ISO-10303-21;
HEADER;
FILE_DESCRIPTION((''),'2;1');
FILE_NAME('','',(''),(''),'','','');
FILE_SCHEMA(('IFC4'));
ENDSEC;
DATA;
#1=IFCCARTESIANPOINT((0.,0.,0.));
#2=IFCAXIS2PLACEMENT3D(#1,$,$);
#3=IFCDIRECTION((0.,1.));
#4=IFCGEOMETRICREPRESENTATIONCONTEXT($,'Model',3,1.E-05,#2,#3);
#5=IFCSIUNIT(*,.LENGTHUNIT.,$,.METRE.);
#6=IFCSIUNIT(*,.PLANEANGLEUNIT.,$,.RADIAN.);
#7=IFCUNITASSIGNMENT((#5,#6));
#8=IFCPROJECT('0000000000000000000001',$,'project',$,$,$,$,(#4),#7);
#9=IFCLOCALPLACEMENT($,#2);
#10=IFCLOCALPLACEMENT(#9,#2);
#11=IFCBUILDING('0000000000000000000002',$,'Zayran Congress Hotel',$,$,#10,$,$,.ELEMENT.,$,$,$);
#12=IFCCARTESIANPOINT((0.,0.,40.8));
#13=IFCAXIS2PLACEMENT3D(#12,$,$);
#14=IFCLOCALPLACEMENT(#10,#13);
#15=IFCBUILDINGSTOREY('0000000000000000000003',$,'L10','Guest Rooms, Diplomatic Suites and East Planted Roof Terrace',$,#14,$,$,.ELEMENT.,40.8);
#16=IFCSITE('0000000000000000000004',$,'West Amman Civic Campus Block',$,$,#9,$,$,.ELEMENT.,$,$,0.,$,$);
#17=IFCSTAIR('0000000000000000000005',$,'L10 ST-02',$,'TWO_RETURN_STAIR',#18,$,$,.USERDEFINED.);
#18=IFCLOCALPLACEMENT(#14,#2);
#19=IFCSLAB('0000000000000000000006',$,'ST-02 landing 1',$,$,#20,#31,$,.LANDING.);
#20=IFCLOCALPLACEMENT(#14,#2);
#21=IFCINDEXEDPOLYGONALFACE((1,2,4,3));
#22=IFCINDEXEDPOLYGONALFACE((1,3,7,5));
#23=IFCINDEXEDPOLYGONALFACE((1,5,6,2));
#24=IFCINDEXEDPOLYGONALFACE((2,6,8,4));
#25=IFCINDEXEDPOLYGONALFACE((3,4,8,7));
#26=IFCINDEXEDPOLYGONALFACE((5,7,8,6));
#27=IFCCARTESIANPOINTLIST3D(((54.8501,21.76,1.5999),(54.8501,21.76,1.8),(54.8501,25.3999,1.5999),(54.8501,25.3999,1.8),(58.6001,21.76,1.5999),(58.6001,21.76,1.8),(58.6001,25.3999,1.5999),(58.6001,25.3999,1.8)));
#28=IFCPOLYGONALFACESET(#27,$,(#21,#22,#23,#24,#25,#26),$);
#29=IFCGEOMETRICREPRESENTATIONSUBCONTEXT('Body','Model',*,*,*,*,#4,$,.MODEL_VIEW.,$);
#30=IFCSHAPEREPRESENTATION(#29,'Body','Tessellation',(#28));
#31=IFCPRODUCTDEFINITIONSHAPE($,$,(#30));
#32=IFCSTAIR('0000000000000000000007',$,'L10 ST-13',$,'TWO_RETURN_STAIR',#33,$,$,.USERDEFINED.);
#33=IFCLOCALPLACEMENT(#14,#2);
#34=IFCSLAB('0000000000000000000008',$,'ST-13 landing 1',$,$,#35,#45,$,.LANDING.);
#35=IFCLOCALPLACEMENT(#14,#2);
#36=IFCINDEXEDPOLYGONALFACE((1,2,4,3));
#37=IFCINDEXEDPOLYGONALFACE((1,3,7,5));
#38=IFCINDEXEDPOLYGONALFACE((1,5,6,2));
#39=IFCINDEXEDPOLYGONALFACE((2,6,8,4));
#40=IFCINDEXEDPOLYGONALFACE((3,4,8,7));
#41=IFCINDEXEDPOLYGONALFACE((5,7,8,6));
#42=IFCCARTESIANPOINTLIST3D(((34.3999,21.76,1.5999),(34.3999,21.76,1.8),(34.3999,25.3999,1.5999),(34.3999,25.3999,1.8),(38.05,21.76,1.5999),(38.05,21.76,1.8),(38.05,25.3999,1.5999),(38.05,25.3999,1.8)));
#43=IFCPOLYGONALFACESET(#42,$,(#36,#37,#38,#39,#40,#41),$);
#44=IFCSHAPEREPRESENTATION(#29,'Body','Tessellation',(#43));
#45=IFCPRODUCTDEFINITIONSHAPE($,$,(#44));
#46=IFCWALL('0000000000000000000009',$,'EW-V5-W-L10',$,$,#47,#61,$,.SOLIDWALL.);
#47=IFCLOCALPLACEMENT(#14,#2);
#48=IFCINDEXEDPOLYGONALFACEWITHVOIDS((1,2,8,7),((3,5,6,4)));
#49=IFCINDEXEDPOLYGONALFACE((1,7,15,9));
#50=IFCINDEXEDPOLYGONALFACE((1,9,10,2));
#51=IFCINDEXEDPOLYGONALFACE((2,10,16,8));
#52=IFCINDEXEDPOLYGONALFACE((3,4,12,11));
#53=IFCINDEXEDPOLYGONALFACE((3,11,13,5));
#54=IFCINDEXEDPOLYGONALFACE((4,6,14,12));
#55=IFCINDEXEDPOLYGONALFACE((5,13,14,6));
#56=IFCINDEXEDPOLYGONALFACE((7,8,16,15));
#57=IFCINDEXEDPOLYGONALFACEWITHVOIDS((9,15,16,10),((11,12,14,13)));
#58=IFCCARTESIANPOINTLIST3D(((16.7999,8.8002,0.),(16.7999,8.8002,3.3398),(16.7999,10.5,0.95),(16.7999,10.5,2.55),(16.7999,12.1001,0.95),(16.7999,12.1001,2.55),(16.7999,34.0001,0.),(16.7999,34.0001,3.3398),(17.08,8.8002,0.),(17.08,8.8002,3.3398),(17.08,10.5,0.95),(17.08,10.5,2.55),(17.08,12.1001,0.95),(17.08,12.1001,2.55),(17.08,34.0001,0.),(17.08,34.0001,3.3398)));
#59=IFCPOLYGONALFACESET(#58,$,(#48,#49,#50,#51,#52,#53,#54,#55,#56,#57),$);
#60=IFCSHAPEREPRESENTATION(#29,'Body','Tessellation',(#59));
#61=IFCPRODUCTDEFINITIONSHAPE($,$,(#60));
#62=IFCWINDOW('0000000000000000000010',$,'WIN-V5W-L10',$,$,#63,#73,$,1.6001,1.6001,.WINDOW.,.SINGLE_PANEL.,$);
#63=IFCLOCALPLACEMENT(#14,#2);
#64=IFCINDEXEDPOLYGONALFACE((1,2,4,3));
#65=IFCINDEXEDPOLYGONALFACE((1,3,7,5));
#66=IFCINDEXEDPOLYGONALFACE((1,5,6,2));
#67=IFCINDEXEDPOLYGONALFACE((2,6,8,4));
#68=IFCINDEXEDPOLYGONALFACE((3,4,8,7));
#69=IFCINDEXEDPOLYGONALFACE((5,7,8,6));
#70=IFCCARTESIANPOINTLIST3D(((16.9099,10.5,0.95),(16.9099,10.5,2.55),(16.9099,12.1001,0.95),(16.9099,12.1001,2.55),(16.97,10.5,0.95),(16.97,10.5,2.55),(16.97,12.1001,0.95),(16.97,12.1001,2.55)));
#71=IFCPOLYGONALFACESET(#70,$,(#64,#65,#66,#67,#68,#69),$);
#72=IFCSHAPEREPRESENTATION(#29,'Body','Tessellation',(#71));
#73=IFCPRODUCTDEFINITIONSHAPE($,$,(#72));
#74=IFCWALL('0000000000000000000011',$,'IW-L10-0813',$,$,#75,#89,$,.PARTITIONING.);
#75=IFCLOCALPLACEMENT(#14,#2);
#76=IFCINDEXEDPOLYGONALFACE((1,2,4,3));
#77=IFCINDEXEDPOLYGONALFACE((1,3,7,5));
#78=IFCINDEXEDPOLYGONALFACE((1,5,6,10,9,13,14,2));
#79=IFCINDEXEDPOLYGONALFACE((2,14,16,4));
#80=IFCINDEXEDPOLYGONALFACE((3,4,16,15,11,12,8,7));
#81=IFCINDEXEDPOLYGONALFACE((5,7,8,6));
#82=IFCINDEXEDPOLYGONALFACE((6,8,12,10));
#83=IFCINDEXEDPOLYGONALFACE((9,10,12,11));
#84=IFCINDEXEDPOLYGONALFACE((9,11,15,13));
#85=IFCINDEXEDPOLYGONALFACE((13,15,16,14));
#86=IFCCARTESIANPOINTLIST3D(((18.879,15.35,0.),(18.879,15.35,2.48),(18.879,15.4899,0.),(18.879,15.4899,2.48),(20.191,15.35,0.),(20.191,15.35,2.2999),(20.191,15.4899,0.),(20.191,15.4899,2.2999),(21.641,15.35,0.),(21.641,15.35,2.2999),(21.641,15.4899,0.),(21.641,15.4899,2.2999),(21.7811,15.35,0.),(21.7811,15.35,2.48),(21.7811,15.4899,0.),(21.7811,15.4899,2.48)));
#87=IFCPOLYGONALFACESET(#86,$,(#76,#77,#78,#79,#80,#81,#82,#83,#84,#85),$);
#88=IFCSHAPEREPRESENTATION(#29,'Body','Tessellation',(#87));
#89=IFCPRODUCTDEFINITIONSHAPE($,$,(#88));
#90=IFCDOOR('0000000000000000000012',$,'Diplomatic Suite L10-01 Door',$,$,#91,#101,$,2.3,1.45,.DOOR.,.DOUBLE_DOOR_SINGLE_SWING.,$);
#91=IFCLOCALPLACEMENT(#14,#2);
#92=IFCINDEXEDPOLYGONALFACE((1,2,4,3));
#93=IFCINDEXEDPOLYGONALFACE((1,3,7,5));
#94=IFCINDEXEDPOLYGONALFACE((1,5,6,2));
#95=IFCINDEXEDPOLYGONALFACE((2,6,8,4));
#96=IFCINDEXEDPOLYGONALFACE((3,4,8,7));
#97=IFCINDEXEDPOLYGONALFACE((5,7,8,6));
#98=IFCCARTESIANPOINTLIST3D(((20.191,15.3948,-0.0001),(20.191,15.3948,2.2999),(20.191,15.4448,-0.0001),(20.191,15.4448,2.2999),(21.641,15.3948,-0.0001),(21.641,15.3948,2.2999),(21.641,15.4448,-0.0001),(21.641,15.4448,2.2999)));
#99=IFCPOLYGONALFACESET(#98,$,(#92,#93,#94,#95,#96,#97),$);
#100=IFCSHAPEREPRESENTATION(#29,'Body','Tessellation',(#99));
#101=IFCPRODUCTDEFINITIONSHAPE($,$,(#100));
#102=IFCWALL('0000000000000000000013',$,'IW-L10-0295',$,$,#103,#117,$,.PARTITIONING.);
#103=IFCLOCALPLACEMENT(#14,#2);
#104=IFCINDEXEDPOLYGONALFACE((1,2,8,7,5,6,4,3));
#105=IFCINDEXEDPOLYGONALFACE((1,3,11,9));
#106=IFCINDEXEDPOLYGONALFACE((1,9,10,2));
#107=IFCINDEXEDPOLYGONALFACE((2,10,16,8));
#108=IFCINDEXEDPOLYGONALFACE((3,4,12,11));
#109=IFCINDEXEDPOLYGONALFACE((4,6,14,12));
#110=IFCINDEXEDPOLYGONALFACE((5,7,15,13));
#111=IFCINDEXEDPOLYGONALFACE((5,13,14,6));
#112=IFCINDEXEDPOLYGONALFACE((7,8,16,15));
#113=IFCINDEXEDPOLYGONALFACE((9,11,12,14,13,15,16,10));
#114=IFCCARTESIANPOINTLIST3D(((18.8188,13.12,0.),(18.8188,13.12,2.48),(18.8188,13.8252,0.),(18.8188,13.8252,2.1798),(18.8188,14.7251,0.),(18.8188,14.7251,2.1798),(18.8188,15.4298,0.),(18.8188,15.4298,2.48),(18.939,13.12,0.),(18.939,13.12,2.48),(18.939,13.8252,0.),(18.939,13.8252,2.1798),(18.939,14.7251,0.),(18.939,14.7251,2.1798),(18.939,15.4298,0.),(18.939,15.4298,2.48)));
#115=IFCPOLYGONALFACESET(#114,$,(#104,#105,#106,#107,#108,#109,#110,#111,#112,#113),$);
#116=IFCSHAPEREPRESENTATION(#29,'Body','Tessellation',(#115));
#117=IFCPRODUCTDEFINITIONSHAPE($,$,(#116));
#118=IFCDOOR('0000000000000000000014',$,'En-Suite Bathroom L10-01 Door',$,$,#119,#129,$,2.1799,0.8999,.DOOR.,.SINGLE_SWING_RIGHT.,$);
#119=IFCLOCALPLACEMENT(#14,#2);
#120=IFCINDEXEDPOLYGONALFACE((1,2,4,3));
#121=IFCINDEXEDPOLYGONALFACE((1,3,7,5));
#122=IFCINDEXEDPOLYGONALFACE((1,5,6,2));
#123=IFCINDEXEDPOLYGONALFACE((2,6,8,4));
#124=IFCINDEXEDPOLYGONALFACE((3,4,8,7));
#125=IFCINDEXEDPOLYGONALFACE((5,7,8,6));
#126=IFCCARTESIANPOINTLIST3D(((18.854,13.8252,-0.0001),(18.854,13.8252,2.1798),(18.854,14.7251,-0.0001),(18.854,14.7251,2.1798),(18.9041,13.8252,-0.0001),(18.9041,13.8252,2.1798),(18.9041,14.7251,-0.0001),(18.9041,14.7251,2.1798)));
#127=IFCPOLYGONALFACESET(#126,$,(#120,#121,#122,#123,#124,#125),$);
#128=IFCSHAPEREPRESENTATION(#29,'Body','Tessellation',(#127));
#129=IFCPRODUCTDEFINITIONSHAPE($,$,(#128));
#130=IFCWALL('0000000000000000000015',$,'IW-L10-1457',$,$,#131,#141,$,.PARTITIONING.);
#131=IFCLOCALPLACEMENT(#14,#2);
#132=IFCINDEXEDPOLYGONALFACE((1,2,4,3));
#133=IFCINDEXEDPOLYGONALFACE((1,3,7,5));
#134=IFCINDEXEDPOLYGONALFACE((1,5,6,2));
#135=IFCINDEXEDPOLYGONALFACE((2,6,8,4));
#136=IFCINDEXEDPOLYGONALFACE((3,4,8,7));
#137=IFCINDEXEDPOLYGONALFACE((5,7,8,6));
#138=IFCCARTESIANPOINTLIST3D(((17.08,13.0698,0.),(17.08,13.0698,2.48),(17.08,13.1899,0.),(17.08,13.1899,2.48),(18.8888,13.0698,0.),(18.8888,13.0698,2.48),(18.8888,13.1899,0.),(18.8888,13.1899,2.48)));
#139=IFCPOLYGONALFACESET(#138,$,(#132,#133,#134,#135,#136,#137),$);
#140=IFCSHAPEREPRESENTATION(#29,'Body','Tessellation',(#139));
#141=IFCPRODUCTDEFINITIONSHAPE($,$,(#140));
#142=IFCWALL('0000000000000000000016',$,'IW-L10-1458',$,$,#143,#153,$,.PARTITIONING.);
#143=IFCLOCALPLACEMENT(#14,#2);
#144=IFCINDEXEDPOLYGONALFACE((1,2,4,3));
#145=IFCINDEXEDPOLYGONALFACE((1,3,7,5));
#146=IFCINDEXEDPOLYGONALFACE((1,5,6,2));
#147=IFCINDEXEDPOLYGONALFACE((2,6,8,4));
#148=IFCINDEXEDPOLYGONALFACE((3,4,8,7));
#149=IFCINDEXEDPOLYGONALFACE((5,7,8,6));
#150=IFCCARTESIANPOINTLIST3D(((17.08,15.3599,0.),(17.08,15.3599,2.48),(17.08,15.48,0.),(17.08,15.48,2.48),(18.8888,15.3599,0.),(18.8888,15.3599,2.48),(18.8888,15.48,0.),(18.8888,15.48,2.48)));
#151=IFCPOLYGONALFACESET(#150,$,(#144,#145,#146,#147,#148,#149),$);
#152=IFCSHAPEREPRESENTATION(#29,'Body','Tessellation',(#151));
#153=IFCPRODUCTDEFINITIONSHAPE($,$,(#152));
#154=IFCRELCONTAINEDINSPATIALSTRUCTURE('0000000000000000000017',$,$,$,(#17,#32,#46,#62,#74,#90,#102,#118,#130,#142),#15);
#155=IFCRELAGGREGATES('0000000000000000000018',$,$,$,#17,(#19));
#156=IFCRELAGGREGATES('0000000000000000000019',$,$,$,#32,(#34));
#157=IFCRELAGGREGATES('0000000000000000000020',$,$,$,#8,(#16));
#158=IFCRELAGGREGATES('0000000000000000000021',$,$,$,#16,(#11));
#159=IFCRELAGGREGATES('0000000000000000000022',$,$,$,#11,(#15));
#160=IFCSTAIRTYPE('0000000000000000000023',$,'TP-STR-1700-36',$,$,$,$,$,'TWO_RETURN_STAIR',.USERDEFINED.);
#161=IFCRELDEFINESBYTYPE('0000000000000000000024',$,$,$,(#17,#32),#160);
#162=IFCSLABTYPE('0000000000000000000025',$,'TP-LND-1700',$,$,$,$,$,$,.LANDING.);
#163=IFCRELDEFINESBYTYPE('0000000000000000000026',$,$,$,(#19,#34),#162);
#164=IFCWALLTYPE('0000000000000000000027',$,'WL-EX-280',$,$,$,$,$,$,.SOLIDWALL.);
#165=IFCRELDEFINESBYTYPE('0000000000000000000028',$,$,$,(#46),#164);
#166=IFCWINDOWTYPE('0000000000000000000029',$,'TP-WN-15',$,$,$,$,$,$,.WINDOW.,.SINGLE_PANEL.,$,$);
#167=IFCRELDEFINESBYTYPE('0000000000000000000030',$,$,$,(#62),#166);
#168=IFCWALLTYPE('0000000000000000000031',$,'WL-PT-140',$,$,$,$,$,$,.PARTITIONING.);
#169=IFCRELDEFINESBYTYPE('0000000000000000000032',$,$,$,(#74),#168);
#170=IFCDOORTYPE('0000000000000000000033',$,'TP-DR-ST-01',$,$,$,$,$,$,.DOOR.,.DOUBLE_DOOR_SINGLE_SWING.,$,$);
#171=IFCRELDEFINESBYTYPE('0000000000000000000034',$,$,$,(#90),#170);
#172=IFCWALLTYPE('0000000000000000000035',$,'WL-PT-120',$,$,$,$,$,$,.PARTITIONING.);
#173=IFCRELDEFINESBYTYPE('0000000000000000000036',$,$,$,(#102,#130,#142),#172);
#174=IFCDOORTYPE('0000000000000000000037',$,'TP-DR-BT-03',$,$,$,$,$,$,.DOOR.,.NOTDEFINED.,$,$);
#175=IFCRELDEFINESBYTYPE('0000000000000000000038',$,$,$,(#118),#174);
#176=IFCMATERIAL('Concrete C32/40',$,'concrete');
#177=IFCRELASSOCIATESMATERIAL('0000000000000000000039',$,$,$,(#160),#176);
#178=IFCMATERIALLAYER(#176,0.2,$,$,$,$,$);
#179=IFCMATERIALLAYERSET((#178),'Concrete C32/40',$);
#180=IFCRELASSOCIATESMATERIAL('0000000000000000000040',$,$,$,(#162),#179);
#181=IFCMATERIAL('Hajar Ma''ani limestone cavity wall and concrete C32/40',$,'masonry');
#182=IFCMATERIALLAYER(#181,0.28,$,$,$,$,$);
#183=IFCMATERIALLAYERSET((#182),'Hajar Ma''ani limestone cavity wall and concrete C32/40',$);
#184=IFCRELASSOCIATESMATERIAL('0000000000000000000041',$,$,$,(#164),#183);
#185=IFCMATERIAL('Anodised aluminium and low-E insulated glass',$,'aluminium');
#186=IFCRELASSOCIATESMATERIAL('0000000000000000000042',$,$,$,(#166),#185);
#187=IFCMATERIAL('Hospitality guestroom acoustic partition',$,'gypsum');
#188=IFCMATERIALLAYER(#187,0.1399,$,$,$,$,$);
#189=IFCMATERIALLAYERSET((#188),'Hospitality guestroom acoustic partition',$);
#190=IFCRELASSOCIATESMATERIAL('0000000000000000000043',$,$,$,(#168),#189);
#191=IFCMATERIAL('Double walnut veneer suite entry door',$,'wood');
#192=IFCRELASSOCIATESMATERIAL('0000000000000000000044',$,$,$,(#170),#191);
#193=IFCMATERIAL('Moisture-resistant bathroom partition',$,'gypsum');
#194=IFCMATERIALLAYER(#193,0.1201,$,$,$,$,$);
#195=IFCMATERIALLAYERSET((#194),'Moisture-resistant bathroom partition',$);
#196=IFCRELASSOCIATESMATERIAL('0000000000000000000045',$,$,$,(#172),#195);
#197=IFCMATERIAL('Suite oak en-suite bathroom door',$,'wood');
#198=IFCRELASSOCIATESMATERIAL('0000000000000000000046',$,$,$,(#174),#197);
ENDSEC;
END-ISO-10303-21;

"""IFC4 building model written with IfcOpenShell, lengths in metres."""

from ifc_helpers import new_model, si_unit, direction, frame, frame_2d, origin, place, context, subcontext, project, spatial, polyline, rectangle, outline, extrude, material, layer, layer_set, type_object, element, fill, aggregate, save


model = new_model("IFC4")

# Units and contexts
model_context = context("Model", 3, precision=1e-05, world=origin(), true_north=direction((0.0, 1.0)))
body_context = subcontext(model_context, "Body", "Model", "MODEL_VIEW")
ifc_project = project(units=[si_unit("LENGTHUNIT", "METRE"), si_unit("PLANEANGLEUNIT", "RADIAN")], contexts=[model_context])

# Site, building, storey
site_placement = place(None, origin())
site = spatial("IfcSite", under=ifc_project, at=site_placement, Name="West Amman Civic Campus Block", CompositionType="ELEMENT", RefElevation=0.0)
building_placement = place(site_placement, origin())
building = spatial("IfcBuilding", under=site, at=building_placement, Name="Zayran Congress Hotel", CompositionType="ELEMENT")
storey_placement = place(building_placement, frame((0.0, 0.0, 40.8)))
storey = spatial("IfcBuildingStorey", under=building, at=storey_placement, Name="L10", Description="Guest Rooms, Diplomatic Suites and East Planted Roof Terrace", CompositionType="ELEMENT", Elevation=40.8)

# Shared definitions
ifc_material_1 = material(Name="Concrete C32/40", Category="concrete")

# Stairs, slabs
stair_type = type_object("IfcStairType", Name="TP-STR-1700-36", ElementType="TWO_RETURN_STAIR", PredefinedType="USERDEFINED", material=ifc_material_1)
ifc_layer_1 = layer(ifc_material_1, 0.2)
ifc_layer_set_1 = layer_set([ifc_layer_1], Name="Concrete C32/40")
slab_type_1 = type_object("IfcSlabType", Name="TP-LND-1700", PredefinedType="LANDING", material=ifc_layer_set_1)
stair_1_placement = place(storey_placement, origin())
stair_1 = element("IfcStair", 1, at=stair_1_placement, inside=storey, type_object=stair_type, Name="L10 ST-02", ObjectType="TWO_RETURN_STAIR", PredefinedType="USERDEFINED")
slab_1_placement = place(storey_placement, frame((0.0, 0.0, 1.5999)))
slab_1 = element("IfcSlab", 2, at=slab_1_placement, type_object=slab_type_1, Name="ST-02 landing 1", PredefinedType="LANDING", context=body_context, shape_type="SweptSolid", body=[
    extrude(outline(polyline([(54.8501, 21.76), (58.6001, 21.76), (58.6001, 25.3999), (54.8501, 25.3999), (54.8501, 21.76)])), origin(), (0.0, 0.0, 1.0), 0.2002),
])
aggregate(stair_1, [slab_1])
stair_2_placement = place(storey_placement, origin())
stair_2 = element("IfcStair", 3, at=stair_2_placement, inside=storey, type_object=stair_type, Name="L10 ST-13", ObjectType="TWO_RETURN_STAIR", PredefinedType="USERDEFINED")
slab_2_placement = place(storey_placement, frame((0.0, 0.0, 1.5999)))
slab_2 = element("IfcSlab", 4, at=slab_2_placement, type_object=slab_type_1, Name="ST-13 landing 1", PredefinedType="LANDING", context=body_context, shape_type="SweptSolid", body=[
    extrude(outline(polyline([(38.05, 25.3999), (34.3999, 25.3999), (34.3999, 21.76), (38.05, 21.76), (38.05, 25.3999)])), origin(), (0.0, 0.0, 1.0), 0.2002),
])
aggregate(stair_2, [slab_2])

# Wall, opening, window
ifc_material_2 = material(Name="Hajar Ma'ani limestone cavity wall and concrete C32/40", Category="masonry")
ifc_layer_2 = layer(ifc_material_2, 0.28)
ifc_layer_set_2 = layer_set([ifc_layer_2], Name="Hajar Ma'ani limestone cavity wall and concrete C32/40")
wall_type_1 = type_object("IfcWallType", Name="WL-EX-280", PredefinedType="SOLIDWALL", material=ifc_layer_set_2)
wall_1_placement = place(storey_placement, frame((16.9399, 8.8, 0.0), z_axis=(0.0, 0.0, 1.0), x_axis=(0.0, 1.0, 0.0)))
wall_1 = element("IfcWall", 5, at=wall_1_placement, inside=storey, type_object=wall_type_1, Name="EW-V5-W-L10", PredefinedType="SOLIDWALL", context=body_context, shape_type="SweptSolid", body=[
    extrude(rectangle(XDim=25.2, YDim=0.28, at=frame_2d((12.6001, 0.0))), origin(), (0.0, 0.0, 1.0), 3.3398),
])
opening_1_placement = place(wall_1_placement, frame((1.7, 0.0, 0.95)))
opening_1 = element("IfcOpeningElement", 6, at=opening_1_placement, cuts=wall_1, PredefinedType="OPENING", context=body_context, shape_type="SweptSolid", body=[
    extrude(rectangle(XDim=1.6001, YDim=1.6001, at=frame_2d((0.8, 0.8))), frame((0.0, 0.1499, 0.0), z_axis=(0.0, -1.0, 0.0), x_axis=(1.0, 0.0, 0.0)), (0.0, 0.0, 1.0), 0.3),
])
ifc_material_3 = material(Name="Anodised aluminium and low-E insulated glass", Category="aluminium")
window_type = type_object("IfcWindowType", Name="TP-WN-15", PartitioningType="SINGLE_PANEL", PredefinedType="WINDOW", material=ifc_material_3)
window_placement = place(opening_1_placement, origin())
window = element("IfcWindow", 7, at=window_placement, inside=storey, type_object=window_type, Name="WIN-V5W-L10", OverallHeight=1.6001, OverallWidth=1.6001, PartitioningType="SINGLE_PANEL", PredefinedType="WINDOW", context=body_context, shape_type="SweptSolid", body=[
    extrude(rectangle(XDim=1.6001, YDim=1.6001, at=frame_2d((0.8, 0.8))), frame((0.0, 0.03, 0.0), z_axis=(0.0, -1.0, 0.0), x_axis=(1.0, 0.0, 0.0)), (0.0, 0.0, 1.0), 0.0601),
])
fill(opening_1, window)

# Walls, openings, doors
ifc_material_4 = material(Name="Hospitality guestroom acoustic partition", Category="gypsum")
ifc_layer_3 = layer(ifc_material_4, 0.1399)
ifc_layer_set_3 = layer_set([ifc_layer_3], Name="Hospitality guestroom acoustic partition")
wall_type_2 = type_object("IfcWallType", Name="WL-PT-140", PredefinedType="PARTITIONING", material=ifc_layer_set_3)
wall_2_placement = place(storey_placement, frame((18.8789, 15.4199, 0.0), z_axis=(0.0, 0.0, 1.0), x_axis=(1.0, 0.0, 0.0)))
wall_2 = element("IfcWall", 8, at=wall_2_placement, inside=storey, type_object=wall_type_2, Name="IW-L10-0813", PredefinedType="PARTITIONING", context=body_context, shape_type="SweptSolid", body=[
    extrude(rectangle(XDim=2.9021, YDim=0.1399, at=frame_2d((1.4512, 0.0))), origin(), (0.0, 0.0, 1.0), 2.48),
])
opening_2_placement = place(wall_2_placement, frame((1.312, 0.0, 0.0)))
opening_2 = element("IfcOpeningElement", 9, at=opening_2_placement, cuts=wall_2, PredefinedType="OPENING", context=body_context, shape_type="SweptSolid", body=[
    extrude(rectangle(XDim=1.45, YDim=2.3, at=frame_2d((0.7251, 1.1499))), frame((0.0, 0.0798, 0.0), z_axis=(0.0, -1.0, 0.0), x_axis=(1.0, 0.0, 0.0)), (0.0, 0.0, 1.0), 0.1599),
])
ifc_material_5 = material(Name="Double walnut veneer suite entry door", Category="wood")
door_type_1 = type_object("IfcDoorType", Name="TP-DR-ST-01", OperationType="DOUBLE_DOOR_SINGLE_SWING", PredefinedType="DOOR", material=ifc_material_5)
door_1_placement = place(opening_2_placement, origin())
door_1 = element("IfcDoor", 10, at=door_1_placement, inside=storey, type_object=door_type_1, Name="Diplomatic Suite L10-01 Door", OperationType="DOUBLE_DOOR_SINGLE_SWING", OverallHeight=2.3, OverallWidth=1.45, PredefinedType="DOOR", context=body_context, shape_type="SweptSolid", body=[
    extrude(rectangle(XDim=1.45, YDim=2.3, at=frame_2d((0.7251, 1.1499))), frame((0.0, 0.0249, 0.0), z_axis=(0.0, -1.0, 0.0), x_axis=(1.0, 0.0, 0.0)), (0.0, 0.0, 1.0), 0.05),
])
fill(opening_2, door_1)
ifc_material_6 = material(Name="Moisture-resistant bathroom partition", Category="gypsum")
ifc_layer_4 = layer(ifc_material_6, 0.1201)
ifc_layer_set_4 = layer_set([ifc_layer_4], Name="Moisture-resistant bathroom partition")
wall_type_3 = type_object("IfcWallType", Name="WL-PT-120", PredefinedType="PARTITIONING", material=ifc_layer_set_4)
wall_3_placement = place(storey_placement, frame((18.8789, 13.1201, 0.0), z_axis=(0.0, 0.0, 1.0), x_axis=(0.0, 1.0, 0.0)))
wall_3 = element("IfcWall", 11, at=wall_3_placement, inside=storey, type_object=wall_type_3, Name="IW-L10-0295", PredefinedType="PARTITIONING", context=body_context, shape_type="SweptSolid", body=[
    extrude(rectangle(XDim=2.3098, YDim=0.1201, at=frame_2d((1.1548, 0.0))), origin(), (0.0, 0.0, 1.0), 2.48),
])
opening_3_placement = place(wall_3_placement, frame((0.7051, 0.0, 0.0)))
opening_3 = element("IfcOpeningElement", 12, at=opening_3_placement, cuts=wall_3, PredefinedType="OPENING", context=body_context, shape_type="SweptSolid", body=[
    extrude(rectangle(XDim=0.8999, YDim=2.1799, at=frame_2d((0.45, 1.0898))), frame((0.0, 0.0701, 0.0), z_axis=(0.0, -1.0, 0.0), x_axis=(1.0, 0.0, 0.0)), (0.0, 0.0, 1.0), 0.1401),
])
ifc_material_7 = material(Name="Suite oak en-suite bathroom door", Category="wood")
door_type_2 = type_object("IfcDoorType", Name="TP-DR-BT-03", OperationType="NOTDEFINED", PredefinedType="DOOR", material=ifc_material_7)
door_2_placement = place(opening_3_placement, origin())
door_2 = element("IfcDoor", 13, at=door_2_placement, inside=storey, type_object=door_type_2, Name="En-Suite Bathroom L10-01 Door", OperationType="SINGLE_SWING_RIGHT", OverallHeight=2.1799, OverallWidth=0.8999, PredefinedType="DOOR", context=body_context, shape_type="SweptSolid", body=[
    extrude(rectangle(XDim=0.8999, YDim=2.1799, at=frame_2d((0.45, 1.0898))), frame((0.0, 0.0249, 0.0), z_axis=(0.0, -1.0, 0.0), x_axis=(1.0, 0.0, 0.0)), (0.0, 0.0, 1.0), 0.05),
])
fill(opening_3, door_2)

# Walls
for number, where, z_axis, x_axis, name in (
    (14, (17.0801, 13.1299, 0.0), (0.0, 0.0, 1.0), (1.0, 0.0, 0.0), "IW-L10-1457"),
    (15, (17.0801, 15.4199, 0.0), (0.0, 0.0, 1.0), (1.0, 0.0, 0.0), "IW-L10-1458"),
):
    element("IfcWall", number, at=place(storey_placement, frame(where, z_axis=z_axis, x_axis=x_axis)), inside=storey, type_object=wall_type_3, Name=name, PredefinedType="PARTITIONING", context=body_context, shape_type="SweptSolid", body=[
        extrude(rectangle(XDim=1.8088, YDim=0.1201, at=frame_2d((0.9043, 0.0))), origin(), (0.0, 0.0, 1.0), 2.48),
    ])

save(model, "model.ifc")
